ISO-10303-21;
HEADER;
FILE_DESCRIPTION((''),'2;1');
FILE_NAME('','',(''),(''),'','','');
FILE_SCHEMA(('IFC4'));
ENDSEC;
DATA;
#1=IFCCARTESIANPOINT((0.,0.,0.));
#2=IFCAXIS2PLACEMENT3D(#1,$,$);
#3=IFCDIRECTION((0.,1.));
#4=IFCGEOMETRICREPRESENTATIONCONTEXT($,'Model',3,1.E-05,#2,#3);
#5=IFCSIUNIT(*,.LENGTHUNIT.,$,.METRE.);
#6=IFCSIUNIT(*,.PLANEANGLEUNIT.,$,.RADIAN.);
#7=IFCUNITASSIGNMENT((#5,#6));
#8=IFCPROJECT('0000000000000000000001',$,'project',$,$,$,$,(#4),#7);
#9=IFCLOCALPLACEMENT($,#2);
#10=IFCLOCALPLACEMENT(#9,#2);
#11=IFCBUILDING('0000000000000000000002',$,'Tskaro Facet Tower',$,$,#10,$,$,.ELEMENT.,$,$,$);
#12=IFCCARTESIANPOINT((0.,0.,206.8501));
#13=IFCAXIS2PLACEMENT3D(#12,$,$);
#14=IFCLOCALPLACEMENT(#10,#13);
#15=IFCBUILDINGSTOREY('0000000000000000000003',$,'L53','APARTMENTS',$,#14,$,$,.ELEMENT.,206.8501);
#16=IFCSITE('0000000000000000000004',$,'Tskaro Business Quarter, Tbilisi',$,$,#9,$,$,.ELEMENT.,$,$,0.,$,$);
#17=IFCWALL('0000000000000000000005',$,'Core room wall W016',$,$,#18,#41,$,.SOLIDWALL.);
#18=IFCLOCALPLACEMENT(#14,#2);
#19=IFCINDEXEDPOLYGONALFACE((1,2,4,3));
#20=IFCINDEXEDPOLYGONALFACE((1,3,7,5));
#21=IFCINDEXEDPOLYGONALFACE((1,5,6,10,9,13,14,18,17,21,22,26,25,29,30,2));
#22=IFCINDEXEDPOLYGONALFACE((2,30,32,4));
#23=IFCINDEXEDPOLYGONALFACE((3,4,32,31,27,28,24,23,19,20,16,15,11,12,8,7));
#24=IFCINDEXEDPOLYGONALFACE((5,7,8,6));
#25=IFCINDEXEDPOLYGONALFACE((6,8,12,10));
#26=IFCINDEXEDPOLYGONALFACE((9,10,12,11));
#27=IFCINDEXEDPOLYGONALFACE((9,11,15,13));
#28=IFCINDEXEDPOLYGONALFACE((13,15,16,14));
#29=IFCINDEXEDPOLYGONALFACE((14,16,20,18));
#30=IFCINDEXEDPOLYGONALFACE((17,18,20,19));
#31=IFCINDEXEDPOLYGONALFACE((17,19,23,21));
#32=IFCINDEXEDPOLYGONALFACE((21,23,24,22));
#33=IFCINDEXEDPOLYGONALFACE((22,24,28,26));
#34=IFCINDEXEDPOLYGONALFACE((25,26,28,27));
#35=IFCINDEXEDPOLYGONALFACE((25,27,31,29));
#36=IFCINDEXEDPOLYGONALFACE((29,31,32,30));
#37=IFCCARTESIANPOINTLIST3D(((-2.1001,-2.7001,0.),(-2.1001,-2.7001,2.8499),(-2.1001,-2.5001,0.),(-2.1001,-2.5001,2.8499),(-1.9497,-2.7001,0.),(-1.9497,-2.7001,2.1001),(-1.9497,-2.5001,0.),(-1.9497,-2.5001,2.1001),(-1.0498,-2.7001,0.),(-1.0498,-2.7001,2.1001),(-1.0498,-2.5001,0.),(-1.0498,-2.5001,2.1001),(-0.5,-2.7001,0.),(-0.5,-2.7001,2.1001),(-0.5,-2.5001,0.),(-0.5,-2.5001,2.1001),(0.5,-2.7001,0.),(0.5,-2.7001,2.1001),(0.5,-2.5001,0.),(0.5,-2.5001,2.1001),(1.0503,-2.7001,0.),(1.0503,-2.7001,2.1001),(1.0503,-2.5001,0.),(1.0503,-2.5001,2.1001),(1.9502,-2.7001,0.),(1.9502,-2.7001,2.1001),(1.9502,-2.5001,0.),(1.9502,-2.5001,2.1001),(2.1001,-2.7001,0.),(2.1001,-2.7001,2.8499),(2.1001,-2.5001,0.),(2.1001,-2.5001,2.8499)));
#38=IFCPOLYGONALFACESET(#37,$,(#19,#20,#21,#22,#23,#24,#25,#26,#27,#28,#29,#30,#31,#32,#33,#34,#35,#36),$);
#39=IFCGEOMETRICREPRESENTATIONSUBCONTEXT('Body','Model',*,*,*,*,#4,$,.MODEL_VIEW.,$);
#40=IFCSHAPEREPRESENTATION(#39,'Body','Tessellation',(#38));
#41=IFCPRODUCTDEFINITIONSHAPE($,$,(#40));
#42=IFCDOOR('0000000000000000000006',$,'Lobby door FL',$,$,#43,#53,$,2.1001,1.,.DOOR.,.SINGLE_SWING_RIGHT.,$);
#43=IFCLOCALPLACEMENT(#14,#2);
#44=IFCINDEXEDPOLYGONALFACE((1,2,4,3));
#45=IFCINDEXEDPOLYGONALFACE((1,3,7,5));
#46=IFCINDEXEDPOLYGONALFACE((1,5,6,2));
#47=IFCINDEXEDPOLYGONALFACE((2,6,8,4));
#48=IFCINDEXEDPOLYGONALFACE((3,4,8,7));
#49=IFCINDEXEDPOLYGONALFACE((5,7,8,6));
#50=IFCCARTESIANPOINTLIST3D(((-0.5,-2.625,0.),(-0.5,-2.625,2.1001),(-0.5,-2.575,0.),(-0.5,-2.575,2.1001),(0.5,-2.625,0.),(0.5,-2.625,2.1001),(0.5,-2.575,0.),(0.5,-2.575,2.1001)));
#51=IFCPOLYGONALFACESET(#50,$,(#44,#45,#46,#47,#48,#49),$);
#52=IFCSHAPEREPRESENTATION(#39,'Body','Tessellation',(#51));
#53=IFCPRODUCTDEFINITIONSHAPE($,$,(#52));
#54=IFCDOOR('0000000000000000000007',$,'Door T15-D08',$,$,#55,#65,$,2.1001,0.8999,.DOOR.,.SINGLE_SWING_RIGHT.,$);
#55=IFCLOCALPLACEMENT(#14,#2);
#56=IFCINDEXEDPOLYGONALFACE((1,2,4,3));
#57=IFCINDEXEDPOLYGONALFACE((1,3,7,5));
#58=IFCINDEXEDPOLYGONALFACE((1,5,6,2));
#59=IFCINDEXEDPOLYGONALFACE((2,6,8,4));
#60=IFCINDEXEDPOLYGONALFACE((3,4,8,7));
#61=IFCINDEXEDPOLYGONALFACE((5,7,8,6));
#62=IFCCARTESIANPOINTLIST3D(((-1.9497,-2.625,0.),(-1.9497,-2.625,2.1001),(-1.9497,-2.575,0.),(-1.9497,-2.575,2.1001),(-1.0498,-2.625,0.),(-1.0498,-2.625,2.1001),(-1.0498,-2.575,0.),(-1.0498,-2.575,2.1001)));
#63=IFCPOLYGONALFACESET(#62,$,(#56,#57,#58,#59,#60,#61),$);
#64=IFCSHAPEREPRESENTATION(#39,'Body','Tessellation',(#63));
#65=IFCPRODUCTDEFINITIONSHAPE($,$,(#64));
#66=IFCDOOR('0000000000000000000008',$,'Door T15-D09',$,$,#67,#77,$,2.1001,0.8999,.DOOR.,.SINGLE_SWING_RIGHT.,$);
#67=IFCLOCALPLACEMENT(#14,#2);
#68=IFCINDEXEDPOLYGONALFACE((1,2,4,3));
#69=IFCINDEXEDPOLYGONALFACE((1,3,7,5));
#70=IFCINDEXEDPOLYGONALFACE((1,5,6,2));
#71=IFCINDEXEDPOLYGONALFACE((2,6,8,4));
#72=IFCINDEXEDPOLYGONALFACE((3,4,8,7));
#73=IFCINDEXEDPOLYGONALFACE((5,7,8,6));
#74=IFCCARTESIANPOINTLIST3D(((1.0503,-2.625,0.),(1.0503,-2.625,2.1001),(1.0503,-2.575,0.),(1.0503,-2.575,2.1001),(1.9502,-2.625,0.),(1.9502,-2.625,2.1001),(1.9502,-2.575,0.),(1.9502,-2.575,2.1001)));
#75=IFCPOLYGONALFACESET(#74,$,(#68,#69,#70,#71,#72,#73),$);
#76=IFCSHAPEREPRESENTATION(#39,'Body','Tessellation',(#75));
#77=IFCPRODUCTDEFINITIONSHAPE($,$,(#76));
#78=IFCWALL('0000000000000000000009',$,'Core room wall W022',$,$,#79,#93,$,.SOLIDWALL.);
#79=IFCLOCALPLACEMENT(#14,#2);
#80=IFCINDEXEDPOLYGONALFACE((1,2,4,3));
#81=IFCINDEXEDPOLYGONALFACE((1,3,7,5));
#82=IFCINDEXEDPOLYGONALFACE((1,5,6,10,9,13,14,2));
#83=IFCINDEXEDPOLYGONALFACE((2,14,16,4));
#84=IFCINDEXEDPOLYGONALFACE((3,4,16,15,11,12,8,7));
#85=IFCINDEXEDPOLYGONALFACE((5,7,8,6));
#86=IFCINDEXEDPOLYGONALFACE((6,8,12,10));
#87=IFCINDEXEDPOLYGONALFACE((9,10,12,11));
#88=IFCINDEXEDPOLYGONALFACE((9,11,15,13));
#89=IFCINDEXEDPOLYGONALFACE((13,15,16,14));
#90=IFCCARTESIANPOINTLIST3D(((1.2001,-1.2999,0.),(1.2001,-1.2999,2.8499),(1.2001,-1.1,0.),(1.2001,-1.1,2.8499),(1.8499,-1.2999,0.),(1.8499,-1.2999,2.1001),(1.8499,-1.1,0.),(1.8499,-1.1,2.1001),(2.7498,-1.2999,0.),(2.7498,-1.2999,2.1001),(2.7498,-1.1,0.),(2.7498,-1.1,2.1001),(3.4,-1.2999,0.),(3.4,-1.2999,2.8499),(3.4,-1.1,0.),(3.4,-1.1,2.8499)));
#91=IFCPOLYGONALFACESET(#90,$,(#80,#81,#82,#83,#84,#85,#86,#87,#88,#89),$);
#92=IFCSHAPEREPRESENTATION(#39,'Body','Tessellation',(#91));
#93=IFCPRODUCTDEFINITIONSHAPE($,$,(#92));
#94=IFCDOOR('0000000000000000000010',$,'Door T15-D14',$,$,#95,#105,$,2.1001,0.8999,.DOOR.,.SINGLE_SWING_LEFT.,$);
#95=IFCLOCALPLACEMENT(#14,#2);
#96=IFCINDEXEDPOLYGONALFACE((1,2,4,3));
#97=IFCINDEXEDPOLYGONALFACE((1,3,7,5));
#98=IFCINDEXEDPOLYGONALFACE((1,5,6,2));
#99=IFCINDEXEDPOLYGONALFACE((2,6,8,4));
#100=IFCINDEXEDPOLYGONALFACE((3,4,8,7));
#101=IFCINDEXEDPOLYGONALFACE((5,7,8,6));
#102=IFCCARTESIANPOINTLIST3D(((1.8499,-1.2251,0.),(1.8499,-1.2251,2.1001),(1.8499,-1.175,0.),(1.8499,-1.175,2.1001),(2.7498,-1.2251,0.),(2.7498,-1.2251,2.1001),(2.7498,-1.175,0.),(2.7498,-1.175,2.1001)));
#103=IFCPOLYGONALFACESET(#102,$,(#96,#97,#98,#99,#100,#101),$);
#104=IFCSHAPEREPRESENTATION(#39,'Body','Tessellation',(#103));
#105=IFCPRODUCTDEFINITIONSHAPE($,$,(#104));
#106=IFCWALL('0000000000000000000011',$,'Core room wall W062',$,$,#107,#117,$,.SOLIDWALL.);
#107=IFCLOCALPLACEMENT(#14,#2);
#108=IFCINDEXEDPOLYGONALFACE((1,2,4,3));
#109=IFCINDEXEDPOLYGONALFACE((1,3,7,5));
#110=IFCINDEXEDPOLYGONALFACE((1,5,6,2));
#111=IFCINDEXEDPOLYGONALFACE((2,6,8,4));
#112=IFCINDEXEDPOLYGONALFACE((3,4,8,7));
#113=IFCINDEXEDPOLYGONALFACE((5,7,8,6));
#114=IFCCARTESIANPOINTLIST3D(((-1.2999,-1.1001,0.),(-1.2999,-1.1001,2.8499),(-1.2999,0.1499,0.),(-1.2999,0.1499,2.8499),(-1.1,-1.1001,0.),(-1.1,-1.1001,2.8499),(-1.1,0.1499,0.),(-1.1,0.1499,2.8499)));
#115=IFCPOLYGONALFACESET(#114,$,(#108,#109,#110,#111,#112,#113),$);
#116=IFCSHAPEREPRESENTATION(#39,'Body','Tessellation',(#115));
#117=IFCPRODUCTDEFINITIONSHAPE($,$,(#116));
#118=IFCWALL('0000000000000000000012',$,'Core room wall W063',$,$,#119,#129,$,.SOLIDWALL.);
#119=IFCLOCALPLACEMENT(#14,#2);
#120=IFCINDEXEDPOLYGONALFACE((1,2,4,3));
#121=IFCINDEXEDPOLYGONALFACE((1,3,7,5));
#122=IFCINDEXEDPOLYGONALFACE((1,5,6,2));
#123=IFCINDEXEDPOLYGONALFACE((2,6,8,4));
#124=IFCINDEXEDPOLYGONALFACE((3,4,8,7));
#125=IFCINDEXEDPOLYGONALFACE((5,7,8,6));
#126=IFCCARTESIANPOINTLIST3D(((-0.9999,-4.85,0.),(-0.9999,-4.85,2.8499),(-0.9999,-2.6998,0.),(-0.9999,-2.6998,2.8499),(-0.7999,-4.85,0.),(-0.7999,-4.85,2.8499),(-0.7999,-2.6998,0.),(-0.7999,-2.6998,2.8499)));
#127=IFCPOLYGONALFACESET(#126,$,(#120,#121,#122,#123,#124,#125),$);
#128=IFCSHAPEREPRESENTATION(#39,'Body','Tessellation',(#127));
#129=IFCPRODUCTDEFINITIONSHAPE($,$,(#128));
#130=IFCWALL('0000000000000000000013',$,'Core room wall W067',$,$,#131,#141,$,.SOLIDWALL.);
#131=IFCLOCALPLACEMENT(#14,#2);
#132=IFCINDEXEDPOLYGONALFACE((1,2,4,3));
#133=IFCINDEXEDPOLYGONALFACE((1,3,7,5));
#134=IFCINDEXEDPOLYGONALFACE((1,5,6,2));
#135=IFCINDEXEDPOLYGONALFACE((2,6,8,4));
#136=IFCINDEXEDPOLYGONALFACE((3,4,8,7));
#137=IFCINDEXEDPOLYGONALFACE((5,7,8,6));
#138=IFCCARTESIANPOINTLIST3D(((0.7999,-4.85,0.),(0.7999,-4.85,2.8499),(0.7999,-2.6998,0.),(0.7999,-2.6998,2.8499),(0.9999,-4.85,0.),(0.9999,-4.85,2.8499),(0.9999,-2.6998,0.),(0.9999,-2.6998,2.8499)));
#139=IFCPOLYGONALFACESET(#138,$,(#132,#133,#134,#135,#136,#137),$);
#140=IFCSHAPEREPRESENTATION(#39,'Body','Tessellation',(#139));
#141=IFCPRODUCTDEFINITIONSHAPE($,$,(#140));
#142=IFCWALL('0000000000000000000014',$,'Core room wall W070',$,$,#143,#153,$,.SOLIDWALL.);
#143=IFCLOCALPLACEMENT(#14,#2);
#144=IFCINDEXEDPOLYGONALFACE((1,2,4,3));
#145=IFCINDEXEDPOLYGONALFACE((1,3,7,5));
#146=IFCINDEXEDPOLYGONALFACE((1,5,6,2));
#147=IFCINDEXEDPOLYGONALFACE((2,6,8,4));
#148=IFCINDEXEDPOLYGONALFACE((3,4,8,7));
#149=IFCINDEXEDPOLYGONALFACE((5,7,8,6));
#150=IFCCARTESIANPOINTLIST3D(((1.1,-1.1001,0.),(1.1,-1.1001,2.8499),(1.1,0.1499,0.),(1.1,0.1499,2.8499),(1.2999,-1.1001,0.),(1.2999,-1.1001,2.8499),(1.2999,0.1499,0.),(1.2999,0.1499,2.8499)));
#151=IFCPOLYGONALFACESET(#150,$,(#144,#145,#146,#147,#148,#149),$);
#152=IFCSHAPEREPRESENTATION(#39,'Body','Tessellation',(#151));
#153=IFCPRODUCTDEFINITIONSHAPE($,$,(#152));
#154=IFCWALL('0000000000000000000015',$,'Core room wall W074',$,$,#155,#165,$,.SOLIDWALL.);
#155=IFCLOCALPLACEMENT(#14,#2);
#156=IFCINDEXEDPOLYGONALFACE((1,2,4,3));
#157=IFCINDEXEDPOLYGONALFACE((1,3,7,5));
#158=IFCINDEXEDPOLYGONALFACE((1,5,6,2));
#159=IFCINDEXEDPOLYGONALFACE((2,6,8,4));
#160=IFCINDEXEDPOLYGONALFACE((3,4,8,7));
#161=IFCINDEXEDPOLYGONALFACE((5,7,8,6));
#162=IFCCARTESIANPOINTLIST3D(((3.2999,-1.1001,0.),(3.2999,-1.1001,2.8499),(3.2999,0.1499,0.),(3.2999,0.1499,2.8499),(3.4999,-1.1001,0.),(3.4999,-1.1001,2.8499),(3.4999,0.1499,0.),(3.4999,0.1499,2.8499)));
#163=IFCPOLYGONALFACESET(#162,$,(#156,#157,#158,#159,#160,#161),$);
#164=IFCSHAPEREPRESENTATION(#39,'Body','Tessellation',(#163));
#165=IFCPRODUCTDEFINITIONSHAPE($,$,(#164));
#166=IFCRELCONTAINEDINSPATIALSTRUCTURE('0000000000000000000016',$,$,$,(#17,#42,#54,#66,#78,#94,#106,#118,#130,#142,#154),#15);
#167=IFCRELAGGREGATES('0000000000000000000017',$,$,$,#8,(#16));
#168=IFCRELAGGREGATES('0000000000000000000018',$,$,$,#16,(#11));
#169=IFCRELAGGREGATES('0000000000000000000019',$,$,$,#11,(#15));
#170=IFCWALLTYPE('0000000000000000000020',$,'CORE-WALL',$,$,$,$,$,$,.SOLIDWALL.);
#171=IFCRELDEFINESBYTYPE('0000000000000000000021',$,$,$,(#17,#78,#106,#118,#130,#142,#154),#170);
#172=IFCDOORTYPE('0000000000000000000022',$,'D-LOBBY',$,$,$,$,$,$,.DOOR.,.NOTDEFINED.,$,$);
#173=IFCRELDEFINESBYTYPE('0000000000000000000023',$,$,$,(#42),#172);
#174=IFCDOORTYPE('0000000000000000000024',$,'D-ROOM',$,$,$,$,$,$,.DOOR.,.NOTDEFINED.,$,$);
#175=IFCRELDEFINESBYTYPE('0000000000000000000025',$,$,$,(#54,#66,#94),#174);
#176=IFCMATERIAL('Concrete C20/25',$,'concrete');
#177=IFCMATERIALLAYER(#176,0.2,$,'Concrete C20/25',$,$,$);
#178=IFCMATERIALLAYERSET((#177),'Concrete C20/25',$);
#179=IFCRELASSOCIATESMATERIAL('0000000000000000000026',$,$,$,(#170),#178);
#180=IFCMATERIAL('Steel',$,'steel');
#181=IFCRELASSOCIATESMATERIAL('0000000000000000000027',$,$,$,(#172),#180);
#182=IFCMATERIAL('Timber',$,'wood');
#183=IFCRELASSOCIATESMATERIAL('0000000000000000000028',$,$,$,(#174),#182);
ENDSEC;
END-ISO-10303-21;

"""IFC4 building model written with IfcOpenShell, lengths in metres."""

from ifc_helpers import new_model, si_unit, direction, frame, frame_2d, origin, place, context, subcontext, project, spatial, rectangle, extrude, material, layer, layer_set, type_object, element, fill, save


model = new_model("IFC4")

# Units and contexts
model_context = context("Model", 3, precision=1e-05, world=origin(), true_north=direction((0.0, 1.0)))
body_context = subcontext(model_context, "Body", "Model", "MODEL_VIEW")
ifc_project = project(units=[si_unit("LENGTHUNIT", "METRE"), si_unit("PLANEANGLEUNIT", "RADIAN")], contexts=[model_context])

# Site, building, storey
site_placement = place(None, origin())
site = spatial("IfcSite", under=ifc_project, at=site_placement, Name="Tskaro Business Quarter, Tbilisi", CompositionType="ELEMENT", RefElevation=0.0)
building_placement = place(site_placement, origin())
building = spatial("IfcBuilding", under=site, at=building_placement, Name="Tskaro Facet Tower", CompositionType="ELEMENT")
storey_placement = place(building_placement, frame((0.0, 0.0, 206.8501)))
storey = spatial("IfcBuildingStorey", under=building, at=storey_placement, Name="L53", Description="APARTMENTS", CompositionType="ELEMENT", Elevation=206.8501)

# Shared definitions
ifc_material_1 = material(Name="Steel", Category="steel")

# Shared definitions
ifc_material_2 = material(Name="Concrete C20/25", Category="concrete")
ifc_layer_1 = layer(ifc_material_2, 0.2, Name="Concrete C20/25")
ifc_layer_set_1 = layer_set([ifc_layer_1], Name="Concrete C20/25")
wall_type_1 = type_object("IfcWallType", Name="CORE-WALL", PredefinedType="SOLIDWALL", material=ifc_layer_set_1)

# Wall, openings, doors
wall_1_placement = place(storey_placement, frame((2.1001, -2.6001, 0.0), z_axis=(0.0, 0.0, 1.0), x_axis=(-1.0, 0.0, 0.0)))
wall_1 = element("IfcWall", 1, at=wall_1_placement, inside=storey, type_object=wall_type_1, Name="Core room wall W016", PredefinedType="SOLIDWALL", context=body_context, shape_type="SweptSolid", body=[
    extrude(rectangle(XDim=4.2002, YDim=0.2, at=frame_2d((2.1001, 0.0))), origin(), (0.0, 0.0, 1.0), 2.8499),
])
opening_1_placement = place(wall_1_placement, frame((1.6001, 0.0, 0.0)))
opening_1 = element("IfcOpeningElement", 2, at=opening_1_placement, cuts=wall_1, PredefinedType="OPENING", context=body_context, shape_type="SweptSolid", body=[
    extrude(rectangle(XDim=1.0, YDim=2.1001, at=frame_2d((0.5, 1.05))), frame((0.0, 0.1099, 0.0), z_axis=(0.0, -1.0, 0.0), x_axis=(1.0, 0.0, 0.0)), (0.0, 0.0, 1.0), 0.22),
])
opening_2_placement = place(wall_1_placement, frame((3.1499, 0.0, 0.0)))
opening_2 = element("IfcOpeningElement", 3, at=opening_2_placement, cuts=wall_1, PredefinedType="OPENING", context=body_context, shape_type="SweptSolid", body=[
    extrude(rectangle(XDim=0.8999, YDim=2.1001, at=frame_2d((0.45, 1.05))), frame((0.0, 0.1099, 0.0), z_axis=(0.0, -1.0, 0.0), x_axis=(1.0, 0.0, 0.0)), (0.0, 0.0, 1.0), 0.22),
])
opening_3_placement = place(wall_1_placement, frame((0.1499, 0.0, 0.0)))
opening_3 = element("IfcOpeningElement", 4, at=opening_3_placement, cuts=wall_1, PredefinedType="OPENING", context=body_context, shape_type="SweptSolid", body=[
    extrude(rectangle(XDim=0.8999, YDim=2.1001, at=frame_2d((0.45, 1.05))), frame((0.0, 0.1099, 0.0), z_axis=(0.0, -1.0, 0.0), x_axis=(1.0, 0.0, 0.0)), (0.0, 0.0, 1.0), 0.22),
])
door_type_1 = type_object("IfcDoorType", Name="D-LOBBY", OperationType="NOTDEFINED", PredefinedType="DOOR", material=ifc_material_1)
door_1_placement = place(opening_1_placement, origin())
door_1 = element("IfcDoor", 5, at=door_1_placement, inside=storey, type_object=door_type_1, Name="Lobby door FL", OperationType="SINGLE_SWING_RIGHT", OverallHeight=2.1001, OverallWidth=1.0, PredefinedType="DOOR", context=body_context, shape_type="SweptSolid", body=[
    extrude(rectangle(XDim=1.0, YDim=2.1001, at=frame_2d((0.5, 1.05))), frame((0.0, 0.0249, 0.0), z_axis=(0.0, -1.0, 0.0), x_axis=(1.0, 0.0, 0.0)), (0.0, 0.0, 1.0), 0.05),
])
fill(opening_1, door_1)
ifc_material_3 = material(Name="Timber", Category="wood")
door_type_2 = type_object("IfcDoorType", Name="D-ROOM", OperationType="NOTDEFINED", PredefinedType="DOOR", material=ifc_material_3)
door_2_placement = place(opening_2_placement, origin())
door_2 = element("IfcDoor", 6, at=door_2_placement, inside=storey, type_object=door_type_2, Name="Door T15-D08", OperationType="SINGLE_SWING_RIGHT", OverallHeight=2.1001, OverallWidth=0.8999, PredefinedType="DOOR", context=body_context, shape_type="SweptSolid", body=[
    extrude(rectangle(XDim=0.8999, YDim=2.1001, at=frame_2d((0.45, 1.05))), frame((0.0, 0.0249, 0.0), z_axis=(0.0, -1.0, 0.0), x_axis=(1.0, 0.0, 0.0)), (0.0, 0.0, 1.0), 0.05),
])
fill(opening_2, door_2)
door_3_placement = place(opening_3_placement, origin())
door_3 = element("IfcDoor", 7, at=door_3_placement, inside=storey, type_object=door_type_2, Name="Door T15-D09", OperationType="SINGLE_SWING_RIGHT", OverallHeight=2.1001, OverallWidth=0.8999, PredefinedType="DOOR", context=body_context, shape_type="SweptSolid", body=[
    extrude(rectangle(XDim=0.8999, YDim=2.1001, at=frame_2d((0.45, 1.05))), frame((0.0, 0.0249, 0.0), z_axis=(0.0, -1.0, 0.0), x_axis=(1.0, 0.0, 0.0)), (0.0, 0.0, 1.0), 0.05),
])
fill(opening_3, door_3)

# Wall, opening, door
wall_2_placement = place(storey_placement, frame((1.2, -1.2, 0.0), z_axis=(0.0, 0.0, 1.0), x_axis=(1.0, 0.0, 0.0)))
wall_2 = element("IfcWall", 8, at=wall_2_placement, inside=storey, type_object=wall_type_1, Name="Core room wall W022", PredefinedType="SOLIDWALL", context=body_context, shape_type="SweptSolid", body=[
    extrude(rectangle(XDim=2.2, YDim=0.2, at=frame_2d((1.1001, 0.0))), origin(), (0.0, 0.0, 1.0), 2.8499),
])
opening_4_placement = place(wall_2_placement, frame((0.6499, 0.0, 0.0)))
opening_4 = element("IfcOpeningElement", 9, at=opening_4_placement, cuts=wall_2, PredefinedType="OPENING", context=body_context, shape_type="SweptSolid", body=[
    extrude(rectangle(XDim=0.8999, YDim=2.1001, at=frame_2d((0.45, 1.05))), frame((0.0, 0.1099, 0.0), z_axis=(0.0, -1.0, 0.0), x_axis=(1.0, 0.0, 0.0)), (0.0, 0.0, 1.0), 0.22),
])
door_4_placement = place(opening_4_placement, origin())
door_4 = element("IfcDoor", 10, at=door_4_placement, inside=storey, type_object=door_type_2, Name="Door T15-D14", OperationType="SINGLE_SWING_LEFT", OverallHeight=2.1001, OverallWidth=0.8999, PredefinedType="DOOR", context=body_context, shape_type="SweptSolid", body=[
    extrude(rectangle(XDim=0.8999, YDim=2.1001, at=frame_2d((0.45, 1.05))), frame((0.0, 0.0249, 0.0), z_axis=(0.0, -1.0, 0.0), x_axis=(1.0, 0.0, 0.0)), (0.0, 0.0, 1.0), 0.05),
])
fill(opening_4, door_4)

# Walls
wall_3_placement = place(storey_placement, frame((-1.2, -1.1001, 0.0), z_axis=(0.0, 0.0, 1.0), x_axis=(0.0, 1.0, 0.0)))
element("IfcWall", 11, at=wall_3_placement, inside=storey, type_object=wall_type_1, Name="Core room wall W062", PredefinedType="SOLIDWALL", context=body_context, shape_type="SweptSolid", body=[
    extrude(rectangle(XDim=1.25, YDim=0.2, at=frame_2d((0.625, 0.0))), origin(), (0.0, 0.0, 1.0), 2.8499),
])
for number, where, z_axis, x_axis, name in (
    (12, (-0.8999, -4.8501, 0.0), (0.0, 0.0, 1.0), (0.0, 1.0, 0.0), "Core room wall W063"),
    (13, (0.8999, -4.8501, 0.0), (0.0, 0.0, 1.0), (0.0, 1.0, 0.0), "Core room wall W067"),
):
    element("IfcWall", number, at=place(storey_placement, frame(where, z_axis=z_axis, x_axis=x_axis)), inside=storey, type_object=wall_type_1, Name=name, PredefinedType="SOLIDWALL", context=body_context, shape_type="SweptSolid", body=[
        extrude(rectangle(XDim=2.1501, YDim=0.2, at=frame_2d((1.0752, 0.0))), origin(), (0.0, 0.0, 1.0), 2.8499),
    ])
for number, where, z_axis, x_axis, name in (
    (14, (1.2, -1.1001, 0.0), (0.0, 0.0, 1.0), (0.0, 1.0, 0.0), "Core room wall W070"),
    (15, (3.3999, -1.1001, 0.0), (0.0, 0.0, 1.0), (0.0, 1.0, 0.0), "Core room wall W074"),
):
    element("IfcWall", number, at=place(storey_placement, frame(where, z_axis=z_axis, x_axis=x_axis)), inside=storey, type_object=wall_type_1, Name=name, PredefinedType="SOLIDWALL", context=body_context, shape_type="SweptSolid", body=[
        extrude(rectangle(XDim=1.25, YDim=0.2, at=frame_2d((0.625, 0.0))), origin(), (0.0, 0.0, 1.0), 2.8499),
    ])

save(model, "model.ifc")
